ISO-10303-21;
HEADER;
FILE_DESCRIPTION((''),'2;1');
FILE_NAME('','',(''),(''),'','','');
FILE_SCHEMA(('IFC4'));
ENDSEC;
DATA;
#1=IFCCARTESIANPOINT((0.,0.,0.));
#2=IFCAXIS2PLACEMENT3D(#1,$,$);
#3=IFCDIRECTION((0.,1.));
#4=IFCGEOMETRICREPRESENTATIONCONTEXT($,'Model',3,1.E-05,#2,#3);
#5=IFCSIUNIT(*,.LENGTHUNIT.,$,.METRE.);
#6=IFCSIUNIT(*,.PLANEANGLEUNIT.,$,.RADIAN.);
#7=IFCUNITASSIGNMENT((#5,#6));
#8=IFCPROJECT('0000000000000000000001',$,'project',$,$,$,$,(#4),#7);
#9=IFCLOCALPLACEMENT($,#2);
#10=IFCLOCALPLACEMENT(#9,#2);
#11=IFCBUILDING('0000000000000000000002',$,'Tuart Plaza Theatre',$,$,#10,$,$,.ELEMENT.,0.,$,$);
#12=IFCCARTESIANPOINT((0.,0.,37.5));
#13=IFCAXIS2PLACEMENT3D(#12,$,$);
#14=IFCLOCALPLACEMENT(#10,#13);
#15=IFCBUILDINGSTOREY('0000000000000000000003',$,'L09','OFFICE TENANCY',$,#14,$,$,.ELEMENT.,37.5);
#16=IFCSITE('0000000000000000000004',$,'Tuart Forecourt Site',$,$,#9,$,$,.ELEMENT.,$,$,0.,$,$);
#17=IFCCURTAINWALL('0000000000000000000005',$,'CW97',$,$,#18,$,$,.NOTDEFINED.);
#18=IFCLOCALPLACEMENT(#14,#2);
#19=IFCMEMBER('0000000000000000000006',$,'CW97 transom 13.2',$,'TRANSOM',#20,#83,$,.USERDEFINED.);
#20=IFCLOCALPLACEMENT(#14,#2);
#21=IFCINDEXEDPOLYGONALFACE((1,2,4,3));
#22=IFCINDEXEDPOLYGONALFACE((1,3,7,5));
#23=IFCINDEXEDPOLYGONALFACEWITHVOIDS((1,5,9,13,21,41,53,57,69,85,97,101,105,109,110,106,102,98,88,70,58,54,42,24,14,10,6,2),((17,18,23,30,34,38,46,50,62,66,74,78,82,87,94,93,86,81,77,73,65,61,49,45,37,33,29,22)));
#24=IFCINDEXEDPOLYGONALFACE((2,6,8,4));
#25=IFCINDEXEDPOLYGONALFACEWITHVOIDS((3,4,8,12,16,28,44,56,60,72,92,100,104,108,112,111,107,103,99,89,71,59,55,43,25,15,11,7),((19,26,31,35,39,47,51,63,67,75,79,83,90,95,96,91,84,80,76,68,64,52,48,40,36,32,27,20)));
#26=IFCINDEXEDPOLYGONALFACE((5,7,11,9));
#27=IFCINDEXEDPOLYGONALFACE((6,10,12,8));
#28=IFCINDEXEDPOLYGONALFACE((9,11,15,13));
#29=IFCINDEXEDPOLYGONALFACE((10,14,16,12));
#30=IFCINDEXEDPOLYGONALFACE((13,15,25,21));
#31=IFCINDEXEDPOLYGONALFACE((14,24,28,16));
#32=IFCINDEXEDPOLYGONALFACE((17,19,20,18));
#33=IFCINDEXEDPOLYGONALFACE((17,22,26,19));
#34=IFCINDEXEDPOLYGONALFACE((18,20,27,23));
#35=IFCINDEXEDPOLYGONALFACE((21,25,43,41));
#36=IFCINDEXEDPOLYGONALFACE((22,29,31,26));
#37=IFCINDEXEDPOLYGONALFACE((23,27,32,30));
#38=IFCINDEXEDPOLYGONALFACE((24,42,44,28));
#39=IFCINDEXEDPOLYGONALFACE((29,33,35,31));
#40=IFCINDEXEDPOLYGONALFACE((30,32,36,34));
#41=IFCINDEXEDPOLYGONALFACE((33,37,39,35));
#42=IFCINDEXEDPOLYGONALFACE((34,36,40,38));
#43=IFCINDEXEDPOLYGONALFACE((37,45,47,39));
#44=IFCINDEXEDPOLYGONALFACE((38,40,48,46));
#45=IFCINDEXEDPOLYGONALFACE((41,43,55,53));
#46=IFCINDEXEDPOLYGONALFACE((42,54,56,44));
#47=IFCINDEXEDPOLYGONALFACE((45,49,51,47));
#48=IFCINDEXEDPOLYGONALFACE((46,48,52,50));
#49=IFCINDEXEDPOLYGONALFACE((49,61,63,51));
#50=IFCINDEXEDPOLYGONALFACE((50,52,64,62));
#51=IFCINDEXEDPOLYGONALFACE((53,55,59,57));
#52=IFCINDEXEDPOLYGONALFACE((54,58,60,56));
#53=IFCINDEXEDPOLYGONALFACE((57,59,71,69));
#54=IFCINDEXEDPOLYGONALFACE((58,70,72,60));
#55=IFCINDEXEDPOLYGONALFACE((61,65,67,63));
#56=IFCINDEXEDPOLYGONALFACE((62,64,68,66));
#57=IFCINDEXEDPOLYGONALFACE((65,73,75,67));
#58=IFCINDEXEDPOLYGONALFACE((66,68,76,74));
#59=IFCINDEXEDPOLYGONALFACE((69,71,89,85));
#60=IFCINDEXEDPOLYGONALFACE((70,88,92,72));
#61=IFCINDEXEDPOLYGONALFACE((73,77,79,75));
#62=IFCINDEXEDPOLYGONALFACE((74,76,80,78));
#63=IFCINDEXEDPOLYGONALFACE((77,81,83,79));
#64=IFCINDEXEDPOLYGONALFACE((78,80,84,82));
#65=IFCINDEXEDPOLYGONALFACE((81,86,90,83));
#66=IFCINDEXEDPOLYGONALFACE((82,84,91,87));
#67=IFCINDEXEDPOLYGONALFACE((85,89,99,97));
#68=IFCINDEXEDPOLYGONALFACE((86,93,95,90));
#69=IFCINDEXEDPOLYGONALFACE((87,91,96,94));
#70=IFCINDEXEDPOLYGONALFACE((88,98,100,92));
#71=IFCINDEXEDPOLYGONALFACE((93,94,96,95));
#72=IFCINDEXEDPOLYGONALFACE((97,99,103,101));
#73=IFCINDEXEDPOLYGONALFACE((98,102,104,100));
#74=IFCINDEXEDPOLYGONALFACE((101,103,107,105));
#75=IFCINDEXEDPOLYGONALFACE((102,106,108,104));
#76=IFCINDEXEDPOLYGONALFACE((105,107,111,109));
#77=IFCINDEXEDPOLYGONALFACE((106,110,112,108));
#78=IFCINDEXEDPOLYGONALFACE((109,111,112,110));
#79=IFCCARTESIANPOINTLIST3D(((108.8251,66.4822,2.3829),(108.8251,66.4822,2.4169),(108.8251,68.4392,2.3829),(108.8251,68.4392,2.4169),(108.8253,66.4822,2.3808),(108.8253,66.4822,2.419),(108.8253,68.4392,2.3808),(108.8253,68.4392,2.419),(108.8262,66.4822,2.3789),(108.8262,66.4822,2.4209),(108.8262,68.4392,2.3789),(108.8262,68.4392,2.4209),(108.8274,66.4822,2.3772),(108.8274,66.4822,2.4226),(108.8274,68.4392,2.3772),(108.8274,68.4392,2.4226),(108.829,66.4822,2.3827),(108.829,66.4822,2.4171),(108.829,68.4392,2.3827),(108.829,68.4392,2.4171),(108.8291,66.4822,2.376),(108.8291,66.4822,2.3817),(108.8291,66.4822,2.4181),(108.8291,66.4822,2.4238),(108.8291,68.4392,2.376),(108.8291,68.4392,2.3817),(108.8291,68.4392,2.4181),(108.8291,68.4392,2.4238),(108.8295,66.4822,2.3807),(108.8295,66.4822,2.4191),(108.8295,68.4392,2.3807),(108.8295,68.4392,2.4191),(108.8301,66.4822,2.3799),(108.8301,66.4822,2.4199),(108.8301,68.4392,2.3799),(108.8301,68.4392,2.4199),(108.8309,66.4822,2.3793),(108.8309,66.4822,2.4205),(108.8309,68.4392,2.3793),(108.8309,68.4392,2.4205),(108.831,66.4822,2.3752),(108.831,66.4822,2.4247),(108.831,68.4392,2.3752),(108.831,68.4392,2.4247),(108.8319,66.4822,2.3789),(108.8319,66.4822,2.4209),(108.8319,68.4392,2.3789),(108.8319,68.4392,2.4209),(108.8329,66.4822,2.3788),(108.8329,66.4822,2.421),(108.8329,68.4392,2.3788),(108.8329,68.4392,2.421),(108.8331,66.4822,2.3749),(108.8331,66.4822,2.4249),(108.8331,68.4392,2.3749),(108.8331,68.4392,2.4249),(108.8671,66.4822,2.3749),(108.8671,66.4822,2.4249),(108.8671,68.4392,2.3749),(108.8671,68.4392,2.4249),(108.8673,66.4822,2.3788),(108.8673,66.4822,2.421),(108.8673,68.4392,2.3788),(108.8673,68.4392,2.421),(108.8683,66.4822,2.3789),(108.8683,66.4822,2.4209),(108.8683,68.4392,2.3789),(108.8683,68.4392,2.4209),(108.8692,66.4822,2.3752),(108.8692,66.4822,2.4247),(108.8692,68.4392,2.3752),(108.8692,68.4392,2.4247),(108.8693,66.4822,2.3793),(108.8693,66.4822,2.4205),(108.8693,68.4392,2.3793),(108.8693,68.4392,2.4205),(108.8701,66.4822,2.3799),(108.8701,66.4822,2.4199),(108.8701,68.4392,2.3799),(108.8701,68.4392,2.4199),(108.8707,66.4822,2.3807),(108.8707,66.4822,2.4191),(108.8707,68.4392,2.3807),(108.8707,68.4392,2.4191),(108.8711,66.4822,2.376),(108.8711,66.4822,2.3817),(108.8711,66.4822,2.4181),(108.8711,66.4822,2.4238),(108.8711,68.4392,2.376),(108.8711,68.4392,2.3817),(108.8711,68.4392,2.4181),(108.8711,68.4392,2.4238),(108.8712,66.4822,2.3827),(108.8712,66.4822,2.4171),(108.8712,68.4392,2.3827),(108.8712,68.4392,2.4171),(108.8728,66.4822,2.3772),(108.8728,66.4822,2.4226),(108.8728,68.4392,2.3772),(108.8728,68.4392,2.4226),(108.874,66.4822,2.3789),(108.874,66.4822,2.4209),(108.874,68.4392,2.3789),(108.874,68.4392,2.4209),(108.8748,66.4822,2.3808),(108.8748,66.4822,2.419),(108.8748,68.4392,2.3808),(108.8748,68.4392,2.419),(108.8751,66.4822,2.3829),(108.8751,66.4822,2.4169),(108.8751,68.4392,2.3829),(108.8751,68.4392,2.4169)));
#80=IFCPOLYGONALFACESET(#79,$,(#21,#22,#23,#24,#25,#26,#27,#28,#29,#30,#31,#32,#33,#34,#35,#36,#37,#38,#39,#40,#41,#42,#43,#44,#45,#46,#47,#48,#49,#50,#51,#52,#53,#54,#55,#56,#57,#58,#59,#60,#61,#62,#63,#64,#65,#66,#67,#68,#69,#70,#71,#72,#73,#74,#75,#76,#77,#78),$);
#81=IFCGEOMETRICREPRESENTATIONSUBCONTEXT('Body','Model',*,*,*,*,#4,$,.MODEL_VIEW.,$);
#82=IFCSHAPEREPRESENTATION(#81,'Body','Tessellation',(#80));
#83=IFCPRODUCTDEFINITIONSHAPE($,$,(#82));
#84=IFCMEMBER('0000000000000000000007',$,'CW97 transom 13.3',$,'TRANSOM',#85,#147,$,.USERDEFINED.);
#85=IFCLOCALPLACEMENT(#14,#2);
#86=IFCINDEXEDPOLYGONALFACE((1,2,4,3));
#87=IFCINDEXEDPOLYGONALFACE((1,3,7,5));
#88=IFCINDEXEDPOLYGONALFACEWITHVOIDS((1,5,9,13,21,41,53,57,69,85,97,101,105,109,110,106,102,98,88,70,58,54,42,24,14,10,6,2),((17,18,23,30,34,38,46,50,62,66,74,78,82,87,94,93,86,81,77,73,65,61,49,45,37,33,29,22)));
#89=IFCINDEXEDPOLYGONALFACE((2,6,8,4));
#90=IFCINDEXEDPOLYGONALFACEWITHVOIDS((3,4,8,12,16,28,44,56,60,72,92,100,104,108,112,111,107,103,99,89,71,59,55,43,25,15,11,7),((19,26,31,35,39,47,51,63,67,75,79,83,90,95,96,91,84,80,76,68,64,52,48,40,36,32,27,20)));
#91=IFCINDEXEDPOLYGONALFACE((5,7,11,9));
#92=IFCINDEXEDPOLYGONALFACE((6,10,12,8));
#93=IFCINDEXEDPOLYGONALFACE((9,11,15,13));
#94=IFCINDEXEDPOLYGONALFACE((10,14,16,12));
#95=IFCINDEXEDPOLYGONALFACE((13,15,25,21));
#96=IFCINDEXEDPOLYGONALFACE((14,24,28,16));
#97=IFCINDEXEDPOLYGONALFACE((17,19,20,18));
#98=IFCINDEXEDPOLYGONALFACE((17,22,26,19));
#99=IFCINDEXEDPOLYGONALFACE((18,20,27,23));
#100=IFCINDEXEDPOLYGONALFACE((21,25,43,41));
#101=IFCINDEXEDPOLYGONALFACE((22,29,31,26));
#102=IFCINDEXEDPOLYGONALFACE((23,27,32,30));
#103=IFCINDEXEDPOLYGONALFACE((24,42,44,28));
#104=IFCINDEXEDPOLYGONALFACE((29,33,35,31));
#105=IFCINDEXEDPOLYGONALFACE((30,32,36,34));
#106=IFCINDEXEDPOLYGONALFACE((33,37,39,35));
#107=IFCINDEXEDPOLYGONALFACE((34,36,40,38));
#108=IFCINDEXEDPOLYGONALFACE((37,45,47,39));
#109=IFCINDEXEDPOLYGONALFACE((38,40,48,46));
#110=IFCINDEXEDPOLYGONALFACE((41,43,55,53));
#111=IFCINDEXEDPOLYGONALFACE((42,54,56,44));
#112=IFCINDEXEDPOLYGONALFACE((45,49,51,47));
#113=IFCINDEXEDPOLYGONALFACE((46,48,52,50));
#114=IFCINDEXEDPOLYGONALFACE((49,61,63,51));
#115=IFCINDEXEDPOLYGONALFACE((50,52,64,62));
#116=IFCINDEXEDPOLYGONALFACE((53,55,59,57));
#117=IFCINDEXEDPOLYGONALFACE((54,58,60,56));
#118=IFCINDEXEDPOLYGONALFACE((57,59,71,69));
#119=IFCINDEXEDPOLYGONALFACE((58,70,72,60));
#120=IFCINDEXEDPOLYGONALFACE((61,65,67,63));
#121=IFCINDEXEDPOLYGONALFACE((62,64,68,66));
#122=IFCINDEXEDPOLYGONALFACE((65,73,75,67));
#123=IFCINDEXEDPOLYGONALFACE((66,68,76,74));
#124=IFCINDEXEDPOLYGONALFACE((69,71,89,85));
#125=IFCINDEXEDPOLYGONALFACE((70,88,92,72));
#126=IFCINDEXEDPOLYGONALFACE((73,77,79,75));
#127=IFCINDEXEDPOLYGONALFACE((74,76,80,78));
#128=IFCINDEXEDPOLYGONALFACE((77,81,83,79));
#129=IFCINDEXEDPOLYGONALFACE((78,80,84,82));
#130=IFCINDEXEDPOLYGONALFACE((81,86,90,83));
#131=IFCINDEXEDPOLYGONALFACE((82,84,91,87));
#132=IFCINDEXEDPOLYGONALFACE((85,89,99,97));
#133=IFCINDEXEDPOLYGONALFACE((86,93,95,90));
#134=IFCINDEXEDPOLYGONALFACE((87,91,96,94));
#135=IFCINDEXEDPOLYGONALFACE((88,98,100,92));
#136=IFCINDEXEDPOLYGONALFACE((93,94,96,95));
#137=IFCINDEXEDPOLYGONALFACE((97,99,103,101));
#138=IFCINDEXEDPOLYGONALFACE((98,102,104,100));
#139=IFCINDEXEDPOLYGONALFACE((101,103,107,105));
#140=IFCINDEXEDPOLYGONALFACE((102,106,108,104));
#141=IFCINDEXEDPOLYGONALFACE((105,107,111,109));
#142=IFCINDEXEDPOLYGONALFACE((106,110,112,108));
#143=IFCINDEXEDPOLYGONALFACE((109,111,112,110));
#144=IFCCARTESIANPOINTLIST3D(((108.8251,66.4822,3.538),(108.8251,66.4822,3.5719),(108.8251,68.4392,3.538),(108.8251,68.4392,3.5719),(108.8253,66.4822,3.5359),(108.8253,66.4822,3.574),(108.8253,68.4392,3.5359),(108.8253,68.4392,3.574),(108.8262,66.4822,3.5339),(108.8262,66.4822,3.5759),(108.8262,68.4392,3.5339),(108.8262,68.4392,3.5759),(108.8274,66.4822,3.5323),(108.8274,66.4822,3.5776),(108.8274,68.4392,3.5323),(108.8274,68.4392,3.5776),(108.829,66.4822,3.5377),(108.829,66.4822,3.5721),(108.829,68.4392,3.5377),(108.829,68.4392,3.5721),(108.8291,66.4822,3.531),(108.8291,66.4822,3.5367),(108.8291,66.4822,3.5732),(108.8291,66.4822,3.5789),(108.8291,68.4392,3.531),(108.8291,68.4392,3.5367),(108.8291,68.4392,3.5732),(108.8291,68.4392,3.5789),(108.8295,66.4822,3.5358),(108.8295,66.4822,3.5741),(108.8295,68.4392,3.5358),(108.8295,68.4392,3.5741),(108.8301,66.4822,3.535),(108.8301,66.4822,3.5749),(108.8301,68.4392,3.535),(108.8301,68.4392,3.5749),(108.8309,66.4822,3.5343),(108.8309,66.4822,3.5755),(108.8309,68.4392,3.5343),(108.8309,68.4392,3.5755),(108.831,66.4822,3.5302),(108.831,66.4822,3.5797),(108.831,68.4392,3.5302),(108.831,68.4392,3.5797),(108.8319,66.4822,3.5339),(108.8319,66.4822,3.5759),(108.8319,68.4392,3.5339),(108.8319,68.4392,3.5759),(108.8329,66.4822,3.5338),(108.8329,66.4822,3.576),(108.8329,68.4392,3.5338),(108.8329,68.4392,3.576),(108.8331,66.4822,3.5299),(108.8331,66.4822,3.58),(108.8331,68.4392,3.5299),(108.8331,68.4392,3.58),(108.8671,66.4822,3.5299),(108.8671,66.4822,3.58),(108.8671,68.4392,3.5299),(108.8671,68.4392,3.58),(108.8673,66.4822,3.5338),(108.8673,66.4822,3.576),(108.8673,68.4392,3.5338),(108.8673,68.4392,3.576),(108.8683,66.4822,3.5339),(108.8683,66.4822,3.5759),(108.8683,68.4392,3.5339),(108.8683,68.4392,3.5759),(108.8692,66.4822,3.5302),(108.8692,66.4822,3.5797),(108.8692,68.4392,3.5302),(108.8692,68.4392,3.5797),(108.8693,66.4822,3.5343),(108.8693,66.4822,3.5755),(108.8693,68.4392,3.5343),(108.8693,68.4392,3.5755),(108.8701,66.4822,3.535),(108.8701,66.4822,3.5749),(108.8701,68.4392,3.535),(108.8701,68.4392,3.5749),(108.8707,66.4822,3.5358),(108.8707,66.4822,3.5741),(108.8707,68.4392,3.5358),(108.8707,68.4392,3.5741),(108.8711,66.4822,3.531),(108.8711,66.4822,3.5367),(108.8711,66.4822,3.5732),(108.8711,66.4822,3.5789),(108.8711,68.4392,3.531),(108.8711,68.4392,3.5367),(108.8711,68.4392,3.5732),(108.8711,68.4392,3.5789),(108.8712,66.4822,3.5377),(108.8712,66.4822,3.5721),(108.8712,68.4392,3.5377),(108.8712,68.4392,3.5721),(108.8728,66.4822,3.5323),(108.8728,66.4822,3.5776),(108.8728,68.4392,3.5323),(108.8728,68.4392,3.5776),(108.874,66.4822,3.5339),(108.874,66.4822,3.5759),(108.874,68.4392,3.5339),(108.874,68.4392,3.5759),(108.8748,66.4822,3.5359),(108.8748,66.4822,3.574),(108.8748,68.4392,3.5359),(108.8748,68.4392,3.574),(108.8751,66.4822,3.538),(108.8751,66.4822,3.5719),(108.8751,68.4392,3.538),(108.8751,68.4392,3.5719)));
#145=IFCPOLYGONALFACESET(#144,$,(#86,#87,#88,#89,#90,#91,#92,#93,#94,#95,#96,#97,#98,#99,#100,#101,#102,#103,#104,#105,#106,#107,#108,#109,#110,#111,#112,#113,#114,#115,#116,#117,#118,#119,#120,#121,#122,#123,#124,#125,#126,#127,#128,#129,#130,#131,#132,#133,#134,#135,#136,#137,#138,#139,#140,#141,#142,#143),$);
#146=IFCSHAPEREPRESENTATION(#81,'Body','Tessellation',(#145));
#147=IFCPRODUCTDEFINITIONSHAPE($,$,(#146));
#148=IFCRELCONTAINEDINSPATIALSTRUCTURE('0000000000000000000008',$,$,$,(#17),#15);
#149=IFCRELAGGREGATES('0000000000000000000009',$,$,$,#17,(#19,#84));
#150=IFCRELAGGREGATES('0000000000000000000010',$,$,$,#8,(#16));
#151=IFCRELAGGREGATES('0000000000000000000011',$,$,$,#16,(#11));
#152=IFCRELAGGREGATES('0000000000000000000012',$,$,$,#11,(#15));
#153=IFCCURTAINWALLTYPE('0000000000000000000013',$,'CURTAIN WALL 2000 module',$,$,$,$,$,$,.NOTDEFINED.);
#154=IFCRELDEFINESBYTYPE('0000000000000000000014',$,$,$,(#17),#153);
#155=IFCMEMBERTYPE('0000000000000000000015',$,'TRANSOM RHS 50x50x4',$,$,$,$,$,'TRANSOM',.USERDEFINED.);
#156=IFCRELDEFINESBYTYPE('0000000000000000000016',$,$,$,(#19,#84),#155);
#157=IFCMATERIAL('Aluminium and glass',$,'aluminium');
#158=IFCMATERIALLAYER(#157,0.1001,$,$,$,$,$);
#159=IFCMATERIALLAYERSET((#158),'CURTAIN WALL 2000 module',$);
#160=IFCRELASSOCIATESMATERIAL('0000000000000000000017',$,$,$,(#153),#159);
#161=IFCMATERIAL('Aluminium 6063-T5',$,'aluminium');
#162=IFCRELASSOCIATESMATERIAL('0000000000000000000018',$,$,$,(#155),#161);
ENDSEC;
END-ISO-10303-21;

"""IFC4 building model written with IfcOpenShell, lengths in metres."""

from ifc_helpers import new_model, si_unit, direction, frame, origin, origin_2d, place, context, subcontext, project, spatial, hollow_rectangle, extrude, material, layer, layer_set, material_profile, profile_set, type_object, element, aggregate, save


model = new_model("IFC4")

# Units and contexts
model_context = context("Model", 3, precision=1e-05, world=origin(), true_north=direction((0.0, 1.0)))
body_context = subcontext(model_context, "Body", "Model", "MODEL_VIEW")
ifc_project = project(units=[si_unit("LENGTHUNIT", "METRE"), si_unit("PLANEANGLEUNIT", "RADIAN")], contexts=[model_context])

# Site, building, storey
site_placement = place(None, origin())
site = spatial("IfcSite", under=ifc_project, at=site_placement, Name="Tuart Forecourt Site", CompositionType="ELEMENT", RefElevation=0.0)
building_placement = place(site_placement, origin())
building = spatial("IfcBuilding", under=site, at=building_placement, Name="Tuart Plaza Theatre", CompositionType="ELEMENT", ElevationOfRefHeight=0.0)
storey_placement = place(building_placement, frame((0.0, 0.0, 37.5)))
storey = spatial("IfcBuildingStorey", under=building, at=storey_placement, Name="L09", Description="OFFICE TENANCY", CompositionType="ELEMENT", Elevation=37.5)

# Curtain wall, members
ifc_material_1 = material(Name="Aluminium and glass", Category="aluminium")
ifc_layer_1 = layer(ifc_material_1, 0.1001)
ifc_layer_set_1 = layer_set([ifc_layer_1], Name="CURTAIN WALL 2000 module")
curtain_wall_type = type_object("IfcCurtainWallType", Name="CURTAIN WALL 2000 module", PredefinedType="NOTDEFINED", material=ifc_layer_set_1)
curtain_wall_1_placement = place(storey_placement, origin())
curtain_wall_1 = element("IfcCurtainWall", 1, at=curtain_wall_1_placement, inside=storey, type_object=curtain_wall_type, Name="CW97", PredefinedType="NOTDEFINED")
ifc_material_2 = material(Name="Aluminium 6063-T5", Category="aluminium")
ifc_material_profile_1 = material_profile(ifc_material_2, hollow_rectangle(XDim=0.05, YDim=0.05, WallThickness=0.0039, InnerFilletRadius=0.0039, OuterFilletRadius=0.0081, at=origin_2d()), Name="RHS 50x50x4")
ifc_profile_set_1 = profile_set([ifc_material_profile_1], Name="Aluminium 6063-T5")
member_type = type_object("IfcMemberType", Name="TRANSOM RHS 50x50x4", ElementType="TRANSOM", PredefinedType="USERDEFINED", material=ifc_profile_set_1)
member_1_placement = place(storey_placement, frame((108.8501, 68.4392, 2.3999), z_axis=(0.0, -1.0, 0.0), x_axis=(1.0, 0.0, 0.0)))
member_1 = element("IfcMember", 2, at=member_1_placement, type_object=member_type, Name="CW97 transom 13.2", ObjectType="TRANSOM", PredefinedType="USERDEFINED", context=body_context, shape_type="SweptSolid", body=[
    extrude(hollow_rectangle(XDim=0.05, YDim=0.05, WallThickness=0.0039, InnerFilletRadius=0.0039, OuterFilletRadius=0.0081, at=origin_2d()), origin(), (0.0, 0.0, 1.0), 1.957),
])
member_2_placement = place(storey_placement, frame((108.8501, 68.4392, 3.5549), z_axis=(0.0, -1.0, 0.0), x_axis=(1.0, 0.0, 0.0)))
member_2 = element("IfcMember", 3, at=member_2_placement, type_object=member_type, Name="CW97 transom 13.3", ObjectType="TRANSOM", PredefinedType="USERDEFINED", context=body_context, shape_type="SweptSolid", body=[
    extrude(hollow_rectangle(XDim=0.05, YDim=0.05, WallThickness=0.0039, InnerFilletRadius=0.0039, OuterFilletRadius=0.0081, at=origin_2d()), origin(), (0.0, 0.0, 1.0), 1.957),
])
aggregate(curtain_wall_1, [member_1, member_2])

save(model, "model.ifc")
